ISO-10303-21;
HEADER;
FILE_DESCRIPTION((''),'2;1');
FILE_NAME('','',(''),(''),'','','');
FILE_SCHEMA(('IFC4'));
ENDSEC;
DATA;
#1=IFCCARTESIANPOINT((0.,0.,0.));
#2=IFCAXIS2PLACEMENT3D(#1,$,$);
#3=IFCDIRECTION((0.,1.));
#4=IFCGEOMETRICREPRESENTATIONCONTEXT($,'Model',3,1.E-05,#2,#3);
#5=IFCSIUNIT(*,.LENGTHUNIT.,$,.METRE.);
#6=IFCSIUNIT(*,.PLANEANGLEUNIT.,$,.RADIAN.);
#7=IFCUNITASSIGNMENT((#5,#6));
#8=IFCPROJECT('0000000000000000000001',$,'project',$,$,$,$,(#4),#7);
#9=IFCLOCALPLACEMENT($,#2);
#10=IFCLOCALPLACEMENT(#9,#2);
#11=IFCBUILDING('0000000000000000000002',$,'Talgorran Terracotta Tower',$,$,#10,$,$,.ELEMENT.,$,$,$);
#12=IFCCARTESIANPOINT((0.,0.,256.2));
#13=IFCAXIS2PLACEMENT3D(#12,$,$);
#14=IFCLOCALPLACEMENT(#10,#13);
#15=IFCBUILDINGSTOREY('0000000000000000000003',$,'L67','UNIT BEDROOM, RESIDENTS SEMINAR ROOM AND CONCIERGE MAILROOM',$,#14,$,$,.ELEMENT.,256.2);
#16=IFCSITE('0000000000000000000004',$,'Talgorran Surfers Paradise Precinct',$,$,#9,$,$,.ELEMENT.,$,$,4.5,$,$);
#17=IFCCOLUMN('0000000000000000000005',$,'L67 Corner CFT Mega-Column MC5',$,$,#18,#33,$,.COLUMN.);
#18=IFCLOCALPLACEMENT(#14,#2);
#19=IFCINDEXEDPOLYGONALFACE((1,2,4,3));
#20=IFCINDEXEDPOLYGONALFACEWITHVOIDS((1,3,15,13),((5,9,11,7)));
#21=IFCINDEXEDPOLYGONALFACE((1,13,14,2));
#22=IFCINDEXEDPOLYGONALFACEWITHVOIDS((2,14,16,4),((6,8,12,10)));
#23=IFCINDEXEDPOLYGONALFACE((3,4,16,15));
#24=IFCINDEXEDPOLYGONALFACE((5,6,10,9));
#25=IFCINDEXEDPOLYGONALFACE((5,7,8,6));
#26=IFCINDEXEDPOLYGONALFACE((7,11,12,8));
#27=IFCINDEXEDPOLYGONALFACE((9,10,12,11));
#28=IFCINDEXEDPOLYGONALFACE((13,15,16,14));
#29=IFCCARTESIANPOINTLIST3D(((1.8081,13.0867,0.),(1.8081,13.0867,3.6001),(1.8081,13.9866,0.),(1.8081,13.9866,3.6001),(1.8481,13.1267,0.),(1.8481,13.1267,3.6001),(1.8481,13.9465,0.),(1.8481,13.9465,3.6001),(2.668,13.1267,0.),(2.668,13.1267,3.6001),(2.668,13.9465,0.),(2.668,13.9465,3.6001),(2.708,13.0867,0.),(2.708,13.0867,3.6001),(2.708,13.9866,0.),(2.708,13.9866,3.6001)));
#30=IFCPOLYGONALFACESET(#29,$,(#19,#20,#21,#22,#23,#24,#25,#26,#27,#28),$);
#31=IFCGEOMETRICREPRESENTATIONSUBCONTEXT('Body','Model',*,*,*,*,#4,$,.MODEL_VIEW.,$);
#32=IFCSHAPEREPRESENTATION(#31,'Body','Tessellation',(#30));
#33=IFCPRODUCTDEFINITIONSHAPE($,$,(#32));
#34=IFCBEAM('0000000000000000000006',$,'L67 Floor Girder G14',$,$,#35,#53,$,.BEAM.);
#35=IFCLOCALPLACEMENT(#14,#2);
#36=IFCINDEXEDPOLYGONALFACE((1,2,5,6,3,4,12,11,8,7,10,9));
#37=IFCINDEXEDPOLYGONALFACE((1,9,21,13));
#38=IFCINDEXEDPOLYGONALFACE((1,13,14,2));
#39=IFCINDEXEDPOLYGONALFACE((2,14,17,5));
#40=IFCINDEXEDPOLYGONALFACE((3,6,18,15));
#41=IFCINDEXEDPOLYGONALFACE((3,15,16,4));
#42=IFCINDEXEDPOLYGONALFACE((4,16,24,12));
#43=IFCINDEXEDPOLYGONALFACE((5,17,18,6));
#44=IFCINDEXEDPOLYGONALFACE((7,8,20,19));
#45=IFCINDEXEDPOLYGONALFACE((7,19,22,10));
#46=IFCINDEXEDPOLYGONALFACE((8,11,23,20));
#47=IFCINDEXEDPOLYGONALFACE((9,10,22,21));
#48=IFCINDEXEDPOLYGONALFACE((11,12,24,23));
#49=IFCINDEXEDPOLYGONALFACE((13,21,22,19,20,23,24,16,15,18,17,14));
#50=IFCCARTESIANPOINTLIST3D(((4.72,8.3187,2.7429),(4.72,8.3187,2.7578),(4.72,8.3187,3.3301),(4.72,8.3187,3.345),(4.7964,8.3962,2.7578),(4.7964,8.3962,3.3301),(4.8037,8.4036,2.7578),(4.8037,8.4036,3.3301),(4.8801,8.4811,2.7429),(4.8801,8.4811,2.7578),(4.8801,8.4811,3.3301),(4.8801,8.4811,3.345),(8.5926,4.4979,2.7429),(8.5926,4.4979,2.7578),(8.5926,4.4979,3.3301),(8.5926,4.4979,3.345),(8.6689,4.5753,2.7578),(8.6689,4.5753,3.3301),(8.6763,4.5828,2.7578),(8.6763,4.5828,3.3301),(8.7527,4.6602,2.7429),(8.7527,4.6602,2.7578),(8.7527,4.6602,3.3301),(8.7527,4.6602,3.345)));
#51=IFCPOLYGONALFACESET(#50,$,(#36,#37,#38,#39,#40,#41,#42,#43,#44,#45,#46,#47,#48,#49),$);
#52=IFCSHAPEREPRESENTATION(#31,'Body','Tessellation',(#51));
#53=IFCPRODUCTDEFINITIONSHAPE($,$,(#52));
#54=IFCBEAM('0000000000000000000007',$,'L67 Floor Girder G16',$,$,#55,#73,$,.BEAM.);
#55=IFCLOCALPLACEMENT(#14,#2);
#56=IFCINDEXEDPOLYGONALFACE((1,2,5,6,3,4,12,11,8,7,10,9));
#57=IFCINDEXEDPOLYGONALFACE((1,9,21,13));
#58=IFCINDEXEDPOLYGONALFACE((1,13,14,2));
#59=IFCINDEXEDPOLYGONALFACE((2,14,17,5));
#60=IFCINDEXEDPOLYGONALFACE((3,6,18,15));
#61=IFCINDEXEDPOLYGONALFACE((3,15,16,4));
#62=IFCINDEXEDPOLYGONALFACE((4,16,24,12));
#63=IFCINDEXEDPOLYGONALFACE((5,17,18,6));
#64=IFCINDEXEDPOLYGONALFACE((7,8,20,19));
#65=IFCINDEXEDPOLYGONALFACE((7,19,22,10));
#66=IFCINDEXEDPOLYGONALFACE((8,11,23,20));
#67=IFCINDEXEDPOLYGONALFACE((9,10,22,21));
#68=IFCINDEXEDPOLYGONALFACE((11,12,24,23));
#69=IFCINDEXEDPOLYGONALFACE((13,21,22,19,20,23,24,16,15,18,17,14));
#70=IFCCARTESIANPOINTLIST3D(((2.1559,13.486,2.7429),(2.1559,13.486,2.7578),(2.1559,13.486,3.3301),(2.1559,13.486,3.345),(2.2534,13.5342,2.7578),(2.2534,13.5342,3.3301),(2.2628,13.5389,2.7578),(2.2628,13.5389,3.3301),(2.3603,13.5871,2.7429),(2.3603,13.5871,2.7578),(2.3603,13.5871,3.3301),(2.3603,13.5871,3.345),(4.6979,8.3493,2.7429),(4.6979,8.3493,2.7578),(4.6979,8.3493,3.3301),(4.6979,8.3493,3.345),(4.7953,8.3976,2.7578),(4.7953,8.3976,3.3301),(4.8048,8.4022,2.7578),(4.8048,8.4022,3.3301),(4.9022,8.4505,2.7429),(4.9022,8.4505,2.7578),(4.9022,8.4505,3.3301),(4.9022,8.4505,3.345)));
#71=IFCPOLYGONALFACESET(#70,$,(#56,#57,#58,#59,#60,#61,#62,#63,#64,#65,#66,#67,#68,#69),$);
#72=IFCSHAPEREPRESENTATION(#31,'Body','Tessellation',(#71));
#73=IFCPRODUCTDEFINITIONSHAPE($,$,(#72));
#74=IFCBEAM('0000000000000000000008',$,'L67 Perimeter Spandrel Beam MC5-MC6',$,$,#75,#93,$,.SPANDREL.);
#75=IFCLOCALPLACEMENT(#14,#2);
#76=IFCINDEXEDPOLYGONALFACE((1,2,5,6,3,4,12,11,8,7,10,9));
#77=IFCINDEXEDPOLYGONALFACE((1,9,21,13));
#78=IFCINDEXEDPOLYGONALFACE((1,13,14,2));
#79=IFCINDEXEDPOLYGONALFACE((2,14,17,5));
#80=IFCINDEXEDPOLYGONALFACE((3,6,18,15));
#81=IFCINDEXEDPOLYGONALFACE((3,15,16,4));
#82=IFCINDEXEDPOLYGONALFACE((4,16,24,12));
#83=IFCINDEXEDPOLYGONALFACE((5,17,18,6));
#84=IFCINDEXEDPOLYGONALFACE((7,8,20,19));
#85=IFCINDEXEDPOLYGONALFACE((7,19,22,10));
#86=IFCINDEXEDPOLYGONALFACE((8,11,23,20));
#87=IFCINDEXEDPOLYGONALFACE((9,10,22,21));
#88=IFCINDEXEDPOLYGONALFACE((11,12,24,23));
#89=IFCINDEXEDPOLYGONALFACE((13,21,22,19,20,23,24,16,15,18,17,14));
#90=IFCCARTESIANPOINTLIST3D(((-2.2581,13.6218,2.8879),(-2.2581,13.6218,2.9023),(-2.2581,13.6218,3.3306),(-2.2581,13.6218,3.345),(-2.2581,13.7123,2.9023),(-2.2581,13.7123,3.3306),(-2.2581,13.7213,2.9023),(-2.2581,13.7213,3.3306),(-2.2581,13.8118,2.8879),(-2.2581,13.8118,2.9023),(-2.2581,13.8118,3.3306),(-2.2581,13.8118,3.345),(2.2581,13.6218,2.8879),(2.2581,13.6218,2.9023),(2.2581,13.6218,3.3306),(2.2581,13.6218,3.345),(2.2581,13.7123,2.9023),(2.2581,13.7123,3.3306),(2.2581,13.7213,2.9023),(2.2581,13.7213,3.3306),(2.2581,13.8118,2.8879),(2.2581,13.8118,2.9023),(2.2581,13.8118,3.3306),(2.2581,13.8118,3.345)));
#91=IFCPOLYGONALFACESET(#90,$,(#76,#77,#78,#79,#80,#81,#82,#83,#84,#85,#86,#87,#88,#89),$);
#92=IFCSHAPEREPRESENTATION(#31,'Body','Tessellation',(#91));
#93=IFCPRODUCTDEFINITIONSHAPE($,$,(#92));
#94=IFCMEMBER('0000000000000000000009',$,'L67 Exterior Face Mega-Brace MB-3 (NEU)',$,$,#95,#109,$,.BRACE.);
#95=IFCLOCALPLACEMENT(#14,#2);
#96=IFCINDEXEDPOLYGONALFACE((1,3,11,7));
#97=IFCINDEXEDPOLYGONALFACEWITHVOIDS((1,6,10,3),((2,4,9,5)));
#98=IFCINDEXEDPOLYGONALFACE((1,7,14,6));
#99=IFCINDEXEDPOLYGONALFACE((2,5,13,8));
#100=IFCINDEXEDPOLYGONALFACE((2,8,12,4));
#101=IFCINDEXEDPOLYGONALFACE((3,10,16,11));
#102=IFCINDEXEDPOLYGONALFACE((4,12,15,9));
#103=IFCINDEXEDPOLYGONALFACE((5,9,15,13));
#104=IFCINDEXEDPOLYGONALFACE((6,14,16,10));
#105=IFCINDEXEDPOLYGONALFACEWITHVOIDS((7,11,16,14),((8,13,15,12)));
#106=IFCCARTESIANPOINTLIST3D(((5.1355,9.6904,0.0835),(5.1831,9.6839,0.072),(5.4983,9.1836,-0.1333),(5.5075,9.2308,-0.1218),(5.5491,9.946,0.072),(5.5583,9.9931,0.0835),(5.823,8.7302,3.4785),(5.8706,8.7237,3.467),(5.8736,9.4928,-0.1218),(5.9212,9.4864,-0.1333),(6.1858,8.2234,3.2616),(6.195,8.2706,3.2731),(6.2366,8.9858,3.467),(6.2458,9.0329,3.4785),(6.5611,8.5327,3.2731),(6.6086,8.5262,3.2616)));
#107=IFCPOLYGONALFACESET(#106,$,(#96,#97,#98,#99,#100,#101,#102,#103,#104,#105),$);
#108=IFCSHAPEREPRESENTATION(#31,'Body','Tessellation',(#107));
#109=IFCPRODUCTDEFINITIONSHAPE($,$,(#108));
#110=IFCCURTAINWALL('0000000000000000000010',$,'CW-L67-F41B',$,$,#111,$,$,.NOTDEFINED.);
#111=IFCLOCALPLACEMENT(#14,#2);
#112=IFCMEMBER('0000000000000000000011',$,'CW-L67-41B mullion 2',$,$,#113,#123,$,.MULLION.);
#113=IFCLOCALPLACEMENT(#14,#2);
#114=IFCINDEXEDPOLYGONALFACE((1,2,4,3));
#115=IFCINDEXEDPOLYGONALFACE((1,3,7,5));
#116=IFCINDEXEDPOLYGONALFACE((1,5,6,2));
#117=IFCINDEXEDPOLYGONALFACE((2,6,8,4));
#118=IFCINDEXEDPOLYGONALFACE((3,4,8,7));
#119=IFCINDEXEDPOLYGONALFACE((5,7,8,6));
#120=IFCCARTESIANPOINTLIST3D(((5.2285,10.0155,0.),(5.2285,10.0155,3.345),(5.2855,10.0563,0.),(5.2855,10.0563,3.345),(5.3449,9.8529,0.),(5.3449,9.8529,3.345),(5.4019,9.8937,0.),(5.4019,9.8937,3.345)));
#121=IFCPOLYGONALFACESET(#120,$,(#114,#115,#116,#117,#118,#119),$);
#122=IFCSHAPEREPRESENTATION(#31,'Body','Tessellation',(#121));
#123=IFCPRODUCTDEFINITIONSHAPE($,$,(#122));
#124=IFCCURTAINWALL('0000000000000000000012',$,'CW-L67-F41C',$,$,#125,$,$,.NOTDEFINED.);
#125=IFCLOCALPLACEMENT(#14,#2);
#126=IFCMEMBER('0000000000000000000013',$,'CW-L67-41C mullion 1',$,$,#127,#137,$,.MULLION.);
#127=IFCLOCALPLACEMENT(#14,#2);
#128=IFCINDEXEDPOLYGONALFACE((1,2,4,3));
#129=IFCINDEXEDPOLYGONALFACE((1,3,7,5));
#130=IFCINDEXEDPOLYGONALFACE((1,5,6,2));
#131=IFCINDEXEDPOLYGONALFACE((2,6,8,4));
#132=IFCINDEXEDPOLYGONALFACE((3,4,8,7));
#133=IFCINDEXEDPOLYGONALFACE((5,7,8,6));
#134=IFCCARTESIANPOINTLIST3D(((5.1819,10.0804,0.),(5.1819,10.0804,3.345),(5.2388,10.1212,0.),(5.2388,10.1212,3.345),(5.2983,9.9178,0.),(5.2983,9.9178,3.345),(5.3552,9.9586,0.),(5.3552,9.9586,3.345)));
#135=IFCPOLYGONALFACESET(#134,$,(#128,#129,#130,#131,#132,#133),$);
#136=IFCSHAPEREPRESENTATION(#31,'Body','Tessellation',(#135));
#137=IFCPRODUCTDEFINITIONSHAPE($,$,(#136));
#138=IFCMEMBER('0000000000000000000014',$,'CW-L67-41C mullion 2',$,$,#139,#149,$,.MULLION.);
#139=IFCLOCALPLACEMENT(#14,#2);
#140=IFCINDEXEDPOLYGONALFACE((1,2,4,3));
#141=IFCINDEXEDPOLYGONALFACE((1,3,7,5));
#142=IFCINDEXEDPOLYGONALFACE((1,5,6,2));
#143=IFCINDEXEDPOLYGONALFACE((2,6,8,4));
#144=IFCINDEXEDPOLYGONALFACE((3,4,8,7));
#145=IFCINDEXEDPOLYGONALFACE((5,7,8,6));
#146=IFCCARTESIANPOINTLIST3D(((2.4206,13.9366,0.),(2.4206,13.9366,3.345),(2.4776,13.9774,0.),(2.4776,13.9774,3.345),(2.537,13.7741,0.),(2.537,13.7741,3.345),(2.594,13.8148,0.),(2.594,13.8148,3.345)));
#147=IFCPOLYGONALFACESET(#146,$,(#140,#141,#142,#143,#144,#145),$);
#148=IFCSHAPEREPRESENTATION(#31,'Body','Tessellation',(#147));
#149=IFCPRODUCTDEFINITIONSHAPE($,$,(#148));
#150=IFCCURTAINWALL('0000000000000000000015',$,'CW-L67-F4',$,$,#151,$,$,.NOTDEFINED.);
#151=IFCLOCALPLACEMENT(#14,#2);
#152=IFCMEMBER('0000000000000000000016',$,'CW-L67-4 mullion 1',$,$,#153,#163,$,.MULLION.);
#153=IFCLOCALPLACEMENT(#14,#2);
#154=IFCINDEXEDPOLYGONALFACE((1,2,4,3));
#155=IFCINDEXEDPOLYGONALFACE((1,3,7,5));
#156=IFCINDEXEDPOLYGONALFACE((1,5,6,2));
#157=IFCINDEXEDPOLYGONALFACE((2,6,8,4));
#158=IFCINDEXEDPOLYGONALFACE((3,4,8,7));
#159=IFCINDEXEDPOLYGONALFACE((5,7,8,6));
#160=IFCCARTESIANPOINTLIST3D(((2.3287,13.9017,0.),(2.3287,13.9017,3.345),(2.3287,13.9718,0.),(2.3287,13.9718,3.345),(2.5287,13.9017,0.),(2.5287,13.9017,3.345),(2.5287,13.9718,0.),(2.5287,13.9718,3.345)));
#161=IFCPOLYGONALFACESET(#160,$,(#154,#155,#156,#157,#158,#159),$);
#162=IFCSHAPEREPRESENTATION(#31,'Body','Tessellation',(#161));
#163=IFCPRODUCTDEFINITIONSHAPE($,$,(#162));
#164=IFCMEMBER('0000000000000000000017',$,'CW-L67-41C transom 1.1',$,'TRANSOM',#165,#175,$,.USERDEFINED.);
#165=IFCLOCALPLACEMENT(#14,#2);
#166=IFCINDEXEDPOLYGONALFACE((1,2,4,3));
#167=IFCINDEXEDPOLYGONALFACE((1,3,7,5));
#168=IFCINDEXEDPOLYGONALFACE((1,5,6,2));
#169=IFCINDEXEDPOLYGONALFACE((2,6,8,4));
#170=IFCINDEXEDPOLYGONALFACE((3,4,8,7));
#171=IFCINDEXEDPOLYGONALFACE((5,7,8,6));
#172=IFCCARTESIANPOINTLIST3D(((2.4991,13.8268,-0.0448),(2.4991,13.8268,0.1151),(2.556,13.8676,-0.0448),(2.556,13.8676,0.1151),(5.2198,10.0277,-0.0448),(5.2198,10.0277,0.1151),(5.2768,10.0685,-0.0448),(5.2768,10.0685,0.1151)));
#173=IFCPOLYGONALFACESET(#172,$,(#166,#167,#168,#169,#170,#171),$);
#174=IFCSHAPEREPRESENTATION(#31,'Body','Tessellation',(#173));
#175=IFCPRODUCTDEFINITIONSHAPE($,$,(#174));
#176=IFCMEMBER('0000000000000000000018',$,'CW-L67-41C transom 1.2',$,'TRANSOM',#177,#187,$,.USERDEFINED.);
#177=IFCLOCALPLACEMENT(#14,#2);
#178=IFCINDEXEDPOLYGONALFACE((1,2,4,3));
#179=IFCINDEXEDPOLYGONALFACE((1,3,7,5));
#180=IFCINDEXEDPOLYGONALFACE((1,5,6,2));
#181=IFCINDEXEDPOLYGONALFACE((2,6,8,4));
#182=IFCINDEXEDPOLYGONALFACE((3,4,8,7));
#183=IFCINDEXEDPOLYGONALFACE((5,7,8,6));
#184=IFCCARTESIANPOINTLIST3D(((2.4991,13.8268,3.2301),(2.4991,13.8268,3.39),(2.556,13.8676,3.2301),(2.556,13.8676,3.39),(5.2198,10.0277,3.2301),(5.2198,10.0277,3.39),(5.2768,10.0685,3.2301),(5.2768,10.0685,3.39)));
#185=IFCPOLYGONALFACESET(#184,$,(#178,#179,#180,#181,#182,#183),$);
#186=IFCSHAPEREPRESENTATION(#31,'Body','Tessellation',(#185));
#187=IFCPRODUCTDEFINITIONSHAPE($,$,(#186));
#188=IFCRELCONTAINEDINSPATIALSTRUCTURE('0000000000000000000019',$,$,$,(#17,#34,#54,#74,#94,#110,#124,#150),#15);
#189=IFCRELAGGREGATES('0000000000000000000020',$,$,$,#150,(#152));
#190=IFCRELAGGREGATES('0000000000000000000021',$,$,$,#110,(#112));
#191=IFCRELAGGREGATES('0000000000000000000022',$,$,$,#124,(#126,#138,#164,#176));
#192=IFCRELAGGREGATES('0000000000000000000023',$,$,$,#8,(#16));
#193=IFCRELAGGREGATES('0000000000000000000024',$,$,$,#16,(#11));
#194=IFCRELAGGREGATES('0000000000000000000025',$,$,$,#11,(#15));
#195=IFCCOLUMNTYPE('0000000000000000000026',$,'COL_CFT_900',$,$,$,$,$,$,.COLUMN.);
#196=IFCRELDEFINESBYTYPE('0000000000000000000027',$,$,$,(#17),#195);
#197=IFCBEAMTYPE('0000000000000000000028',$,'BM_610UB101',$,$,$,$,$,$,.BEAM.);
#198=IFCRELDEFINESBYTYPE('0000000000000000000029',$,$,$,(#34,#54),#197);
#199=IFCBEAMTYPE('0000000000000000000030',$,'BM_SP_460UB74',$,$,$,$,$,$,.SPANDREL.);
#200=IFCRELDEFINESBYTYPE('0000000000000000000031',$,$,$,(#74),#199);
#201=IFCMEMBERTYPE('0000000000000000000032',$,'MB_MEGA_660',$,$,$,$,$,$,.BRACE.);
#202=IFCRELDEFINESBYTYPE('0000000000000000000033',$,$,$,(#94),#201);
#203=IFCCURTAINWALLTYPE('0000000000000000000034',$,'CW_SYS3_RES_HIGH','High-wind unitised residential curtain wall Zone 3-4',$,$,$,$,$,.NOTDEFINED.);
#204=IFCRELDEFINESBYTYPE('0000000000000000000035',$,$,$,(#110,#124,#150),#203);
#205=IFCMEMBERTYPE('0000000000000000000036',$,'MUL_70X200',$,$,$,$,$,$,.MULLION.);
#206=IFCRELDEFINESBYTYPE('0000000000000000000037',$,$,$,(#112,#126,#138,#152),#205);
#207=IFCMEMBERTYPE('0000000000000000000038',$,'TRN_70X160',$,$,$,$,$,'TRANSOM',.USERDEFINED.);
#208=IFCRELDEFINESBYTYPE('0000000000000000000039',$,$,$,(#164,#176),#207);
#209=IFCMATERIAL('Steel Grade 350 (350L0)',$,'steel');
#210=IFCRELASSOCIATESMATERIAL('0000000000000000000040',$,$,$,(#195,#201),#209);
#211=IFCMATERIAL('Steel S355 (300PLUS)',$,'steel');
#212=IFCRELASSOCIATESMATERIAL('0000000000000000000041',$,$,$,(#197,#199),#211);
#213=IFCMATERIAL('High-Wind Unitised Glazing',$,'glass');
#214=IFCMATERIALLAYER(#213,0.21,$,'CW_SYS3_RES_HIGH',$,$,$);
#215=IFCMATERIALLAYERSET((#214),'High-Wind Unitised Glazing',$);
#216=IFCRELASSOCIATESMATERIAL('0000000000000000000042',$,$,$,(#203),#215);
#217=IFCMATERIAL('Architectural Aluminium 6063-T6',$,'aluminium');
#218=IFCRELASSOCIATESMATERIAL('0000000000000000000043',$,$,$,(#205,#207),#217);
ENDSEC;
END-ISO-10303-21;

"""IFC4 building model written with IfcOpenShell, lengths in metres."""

from ifc_helpers import new_model, si_unit, direction, frame, origin, origin_2d, place, context, subcontext, project, spatial, rectangle, hollow_rectangle, i_section, extrude, material, layer, layer_set, material_profile, profile_set, type_object, element, aggregate, save


model = new_model("IFC4")

# Units and contexts
model_context = context("Model", 3, precision=1e-05, world=origin(), true_north=direction((0.0, 1.0)))
body_context = subcontext(model_context, "Body", "Model", "MODEL_VIEW")
ifc_project = project(units=[si_unit("LENGTHUNIT", "METRE"), si_unit("PLANEANGLEUNIT", "RADIAN")], contexts=[model_context])

# Site, building, storey
site_placement = place(None, origin())
site = spatial("IfcSite", under=ifc_project, at=site_placement, Name="Talgorran Surfers Paradise Precinct", CompositionType="ELEMENT", RefElevation=4.5)
building_placement = place(site_placement, origin())
building = spatial("IfcBuilding", under=site, at=building_placement, Name="Talgorran Terracotta Tower", CompositionType="ELEMENT")
storey_placement = place(building_placement, frame((0.0, 0.0, 256.2)))
storey = spatial("IfcBuildingStorey", under=building, at=storey_placement, Name="L67", Description="UNIT BEDROOM, RESIDENTS SEMINAR ROOM AND CONCIERGE MAILROOM", CompositionType="ELEMENT", Elevation=256.2)

# Column
ifc_material_1 = material(Name="Steel Grade 350 (350L0)", Category="steel")
ifc_material_profile_1 = material_profile(ifc_material_1, hollow_rectangle(XDim=0.8999, YDim=0.8999, WallThickness=0.04, at=origin_2d()), Name="CFT900X900X40")
ifc_profile_set_1 = profile_set([ifc_material_profile_1], Name="Steel Grade 350 (350L0)")
column_type = type_object("IfcColumnType", Name="COL_CFT_900", PredefinedType="COLUMN", material=ifc_profile_set_1)
column_placement = place(storey_placement, frame((2.2581, 13.5366, 0.0), z_axis=(0.0, 0.0, 1.0), x_axis=(1.0, 0.0, 0.0)))
element("IfcColumn", 1, at=column_placement, inside=storey, type_object=column_type, Name="L67 Corner CFT Mega-Column MC5", PredefinedType="COLUMN", context=body_context, shape_type="SweptSolid", body=[
    extrude(hollow_rectangle(XDim=0.8999, YDim=0.8999, WallThickness=0.04, at=origin_2d()), origin(), (0.0, 0.0, 1.0), 3.6001),
])

# Beams
ifc_material_2 = material(Name="Steel S355 (300PLUS)", Category="steel")
ifc_material_profile_2 = material_profile(ifc_material_2, i_section(OverallWidth=0.228, OverallDepth=0.6021, WebThickness=0.0105, FlangeThickness=0.0149, at=origin_2d()), Name="610UB101")
ifc_profile_set_2 = profile_set([ifc_material_profile_2], Name="Steel S355 (300PLUS)")
beam_type_1 = type_object("IfcBeamType", Name="BM_610UB101", PredefinedType="BEAM", material=ifc_profile_set_2)
beam_1_placement = place(storey_placement, frame((4.8, 8.3999, 3.0439), z_axis=(0.711848, -0.702334, 0.0), x_axis=(0.702334, 0.711848, 0.0)))
element("IfcBeam", 2, at=beam_1_placement, inside=storey, type_object=beam_type_1, Name="L67 Floor Girder G14", PredefinedType="BEAM", context=body_context, shape_type="SweptSolid", body=[
    extrude(i_section(OverallWidth=0.228, OverallDepth=0.6021, WebThickness=0.0105, FlangeThickness=0.0149, at=origin_2d()), origin(), (0.0, 0.0, 1.0), 5.4402),
])
beam_2_placement = place(storey_placement, frame((4.8, 8.3999, 3.0439), z_axis=(-0.443529, 0.89626, 0.0), x_axis=(-0.89626, -0.443529, 0.0)))
element("IfcBeam", 3, at=beam_2_placement, inside=storey, type_object=beam_type_1, Name="L67 Floor Girder G16", PredefinedType="BEAM", context=body_context, shape_type="SweptSolid", body=[
    extrude(i_section(OverallWidth=0.228, OverallDepth=0.6021, WebThickness=0.0105, FlangeThickness=0.0149, at=origin_2d()), origin(), (0.0, 0.0, 1.0), 5.7312),
])
ifc_material_profile_3 = material_profile(ifc_material_2, i_section(OverallWidth=0.1899, OverallDepth=0.457, WebThickness=0.009, FlangeThickness=0.0144, at=origin_2d()), Name="460UB74.6")
ifc_profile_set_3 = profile_set([ifc_material_profile_3], Name="Steel S355 (300PLUS)")
beam_type_2 = type_object("IfcBeamType", Name="BM_SP_460UB74", PredefinedType="SPANDREL", material=ifc_profile_set_3)
beam_3_placement = place(storey_placement, frame((2.2581, 13.7168, 3.1165), z_axis=(-1.0, 0.0, 0.0), x_axis=(0.0, -1.0, 0.0)))
element("IfcBeam", 4, at=beam_3_placement, inside=storey, type_object=beam_type_2, Name="L67 Perimeter Spandrel Beam MC5-MC6", PredefinedType="SPANDREL", context=body_context, shape_type="SweptSolid", body=[
    extrude(i_section(OverallWidth=0.1899, OverallDepth=0.457, WebThickness=0.009, FlangeThickness=0.0144, at=origin_2d()), origin(), (0.0, 0.0, 1.0), 4.5161),
])

# Member
ifc_material_profile_4 = material_profile(ifc_material_1, hollow_rectangle(XDim=0.52, YDim=0.6599, WallThickness=0.0349, at=origin_2d()), Name="WBOX660X520X35")
ifc_profile_set_4 = profile_set([ifc_material_profile_4], Name="Steel Grade 350 (350L0)")
member_type_1 = type_object("IfcMemberType", Name="MB_MEGA_660", PredefinedType="BRACE", material=ifc_profile_set_4)
member_1_placement = place(storey_placement, frame((5.5283, 9.5884, -0.0249), z_axis=(0.191262, -0.267128, 0.94449), x_axis=(0.813076, 0.582157, 0.0)))
element("IfcMember", 5, at=member_1_placement, inside=storey, type_object=member_type_1, Name="L67 Exterior Face Mega-Brace MB-3 (NEU)", PredefinedType="BRACE", context=body_context, shape_type="SweptSolid", body=[
    extrude(hollow_rectangle(XDim=0.52, YDim=0.6599, WallThickness=0.0349, at=origin_2d()), origin(), (0.0, 0.0, 1.0), 3.5945),
])

# Curtain wall, member
ifc_material_3 = material(Name="High-Wind Unitised Glazing", Category="glass")
ifc_layer_1 = layer(ifc_material_3, 0.21, Name="CW_SYS3_RES_HIGH")
ifc_layer_set_1 = layer_set([ifc_layer_1], Name="High-Wind Unitised Glazing")
curtain_wall_type = type_object("IfcCurtainWallType", Name="CW_SYS3_RES_HIGH", Description="High-wind unitised residential curtain wall Zone 3-4", PredefinedType="NOTDEFINED", material=ifc_layer_set_1)
curtain_wall_1_placement = place(storey_placement, origin())
curtain_wall_1 = element("IfcCurtainWall", 6, at=curtain_wall_1_placement, inside=storey, type_object=curtain_wall_type, Name="CW-L67-F41B", PredefinedType="NOTDEFINED")
ifc_material_4 = material(Name="Architectural Aluminium 6063-T6", Category="aluminium")
ifc_material_profile_5 = material_profile(ifc_material_4, rectangle(XDim=0.0701, YDim=0.2, at=origin_2d()), Name="CWM70X200")
ifc_profile_set_5 = profile_set([ifc_material_profile_5], Name="Architectural Aluminium 6063-T6")
member_type_2 = type_object("IfcMemberType", Name="MUL_70X200", PredefinedType="MULLION", material=ifc_profile_set_5)
member_2_placement = place(storey_placement, frame((5.3152, 9.9546, 0.0), z_axis=(0.0, 0.0, 1.0), x_axis=(-0.81303, -0.582222, 0.0)))
member_2 = element("IfcMember", 7, at=member_2_placement, type_object=member_type_2, Name="CW-L67-41B mullion 2", PredefinedType="MULLION", context=body_context, shape_type="SweptSolid", body=[
    extrude(rectangle(XDim=0.0701, YDim=0.2, at=origin_2d()), origin(), (0.0, 0.0, 1.0), 3.345),
])

# Curtain wall, members
curtain_wall_2_placement = place(storey_placement, origin())
curtain_wall_2 = element("IfcCurtainWall", 8, at=curtain_wall_2_placement, inside=storey, type_object=curtain_wall_type, Name="CW-L67-F41C", PredefinedType="NOTDEFINED")
member_3_placement = place(storey_placement, frame((5.2686, 10.0195, 0.0), z_axis=(0.0, 0.0, 1.0), x_axis=(-0.813042, -0.582205, 0.0)))
member_3 = element("IfcMember", 9, at=member_3_placement, type_object=member_type_2, Name="CW-L67-41C mullion 1", PredefinedType="MULLION", context=body_context, shape_type="SweptSolid", body=[
    extrude(rectangle(XDim=0.0701, YDim=0.2, at=origin_2d()), origin(), (0.0, 0.0, 1.0), 3.345),
])
member_4_placement = place(storey_placement, frame((2.5073, 13.8757, 0.0), z_axis=(0.0, 0.0, 1.0), x_axis=(-0.813042, -0.582205, 0.0)))
member_4 = element("IfcMember", 10, at=member_4_placement, type_object=member_type_2, Name="CW-L67-41C mullion 2", PredefinedType="MULLION", context=body_context, shape_type="SweptSolid", body=[
    extrude(rectangle(XDim=0.0701, YDim=0.2, at=origin_2d()), origin(), (0.0, 0.0, 1.0), 3.345),
])

# Curtain wall, member
curtain_wall_3_placement = place(storey_placement, origin())
curtain_wall_3 = element("IfcCurtainWall", 11, at=curtain_wall_3_placement, inside=storey, type_object=curtain_wall_type, Name="CW-L67-F4", PredefinedType="NOTDEFINED")
member_5_placement = place(storey_placement, frame((2.4287, 13.9368, 0.0), z_axis=(0.0, 0.0, 1.0), x_axis=(0.0, -1.0, 0.0)))
member_5 = element("IfcMember", 12, at=member_5_placement, type_object=member_type_2, Name="CW-L67-4 mullion 1", PredefinedType="MULLION", context=body_context, shape_type="SweptSolid", body=[
    extrude(rectangle(XDim=0.0701, YDim=0.2, at=origin_2d()), origin(), (0.0, 0.0, 1.0), 3.345),
])

# Members
ifc_material_profile_6 = material_profile(ifc_material_4, rectangle(XDim=0.0701, YDim=0.1599, at=origin_2d()), Name="CWT70X160")
ifc_profile_set_6 = profile_set([ifc_material_profile_6], Name="Architectural Aluminium 6063-T6")
member_type_3 = type_object("IfcMemberType", Name="TRN_70X160", ElementType="TRANSOM", PredefinedType="USERDEFINED", material=ifc_profile_set_6)
member_6_placement = place(storey_placement, frame((5.2483, 10.0481, 0.0352), z_axis=(-0.582241, 0.813016, 0.0), x_axis=(-0.813016, -0.582241, 0.0)))
member_6 = element("IfcMember", 13, at=member_6_placement, type_object=member_type_3, Name="CW-L67-41C transom 1.1", ObjectType="TRANSOM", PredefinedType="USERDEFINED", context=body_context, shape_type="SweptSolid", body=[
    extrude(rectangle(XDim=0.0701, YDim=0.1599, at=origin_2d()), origin(), (0.0, 0.0, 1.0), 4.6729),
])
member_7_placement = place(storey_placement, frame((5.2483, 10.0481, 3.3101), z_axis=(-0.582241, 0.813016, 0.0), x_axis=(-0.813016, -0.582241, 0.0)))
member_7 = element("IfcMember", 14, at=member_7_placement, type_object=member_type_3, Name="CW-L67-41C transom 1.2", ObjectType="TRANSOM", PredefinedType="USERDEFINED", context=body_context, shape_type="SweptSolid", body=[
    extrude(rectangle(XDim=0.0701, YDim=0.1599, at=origin_2d()), origin(), (0.0, 0.0, 1.0), 4.6729),
])

aggregate(curtain_wall_3, [member_5])
aggregate(curtain_wall_1, [member_2])
aggregate(curtain_wall_2, [member_3, member_4, member_6, member_7])

save(model, "model.ifc")
